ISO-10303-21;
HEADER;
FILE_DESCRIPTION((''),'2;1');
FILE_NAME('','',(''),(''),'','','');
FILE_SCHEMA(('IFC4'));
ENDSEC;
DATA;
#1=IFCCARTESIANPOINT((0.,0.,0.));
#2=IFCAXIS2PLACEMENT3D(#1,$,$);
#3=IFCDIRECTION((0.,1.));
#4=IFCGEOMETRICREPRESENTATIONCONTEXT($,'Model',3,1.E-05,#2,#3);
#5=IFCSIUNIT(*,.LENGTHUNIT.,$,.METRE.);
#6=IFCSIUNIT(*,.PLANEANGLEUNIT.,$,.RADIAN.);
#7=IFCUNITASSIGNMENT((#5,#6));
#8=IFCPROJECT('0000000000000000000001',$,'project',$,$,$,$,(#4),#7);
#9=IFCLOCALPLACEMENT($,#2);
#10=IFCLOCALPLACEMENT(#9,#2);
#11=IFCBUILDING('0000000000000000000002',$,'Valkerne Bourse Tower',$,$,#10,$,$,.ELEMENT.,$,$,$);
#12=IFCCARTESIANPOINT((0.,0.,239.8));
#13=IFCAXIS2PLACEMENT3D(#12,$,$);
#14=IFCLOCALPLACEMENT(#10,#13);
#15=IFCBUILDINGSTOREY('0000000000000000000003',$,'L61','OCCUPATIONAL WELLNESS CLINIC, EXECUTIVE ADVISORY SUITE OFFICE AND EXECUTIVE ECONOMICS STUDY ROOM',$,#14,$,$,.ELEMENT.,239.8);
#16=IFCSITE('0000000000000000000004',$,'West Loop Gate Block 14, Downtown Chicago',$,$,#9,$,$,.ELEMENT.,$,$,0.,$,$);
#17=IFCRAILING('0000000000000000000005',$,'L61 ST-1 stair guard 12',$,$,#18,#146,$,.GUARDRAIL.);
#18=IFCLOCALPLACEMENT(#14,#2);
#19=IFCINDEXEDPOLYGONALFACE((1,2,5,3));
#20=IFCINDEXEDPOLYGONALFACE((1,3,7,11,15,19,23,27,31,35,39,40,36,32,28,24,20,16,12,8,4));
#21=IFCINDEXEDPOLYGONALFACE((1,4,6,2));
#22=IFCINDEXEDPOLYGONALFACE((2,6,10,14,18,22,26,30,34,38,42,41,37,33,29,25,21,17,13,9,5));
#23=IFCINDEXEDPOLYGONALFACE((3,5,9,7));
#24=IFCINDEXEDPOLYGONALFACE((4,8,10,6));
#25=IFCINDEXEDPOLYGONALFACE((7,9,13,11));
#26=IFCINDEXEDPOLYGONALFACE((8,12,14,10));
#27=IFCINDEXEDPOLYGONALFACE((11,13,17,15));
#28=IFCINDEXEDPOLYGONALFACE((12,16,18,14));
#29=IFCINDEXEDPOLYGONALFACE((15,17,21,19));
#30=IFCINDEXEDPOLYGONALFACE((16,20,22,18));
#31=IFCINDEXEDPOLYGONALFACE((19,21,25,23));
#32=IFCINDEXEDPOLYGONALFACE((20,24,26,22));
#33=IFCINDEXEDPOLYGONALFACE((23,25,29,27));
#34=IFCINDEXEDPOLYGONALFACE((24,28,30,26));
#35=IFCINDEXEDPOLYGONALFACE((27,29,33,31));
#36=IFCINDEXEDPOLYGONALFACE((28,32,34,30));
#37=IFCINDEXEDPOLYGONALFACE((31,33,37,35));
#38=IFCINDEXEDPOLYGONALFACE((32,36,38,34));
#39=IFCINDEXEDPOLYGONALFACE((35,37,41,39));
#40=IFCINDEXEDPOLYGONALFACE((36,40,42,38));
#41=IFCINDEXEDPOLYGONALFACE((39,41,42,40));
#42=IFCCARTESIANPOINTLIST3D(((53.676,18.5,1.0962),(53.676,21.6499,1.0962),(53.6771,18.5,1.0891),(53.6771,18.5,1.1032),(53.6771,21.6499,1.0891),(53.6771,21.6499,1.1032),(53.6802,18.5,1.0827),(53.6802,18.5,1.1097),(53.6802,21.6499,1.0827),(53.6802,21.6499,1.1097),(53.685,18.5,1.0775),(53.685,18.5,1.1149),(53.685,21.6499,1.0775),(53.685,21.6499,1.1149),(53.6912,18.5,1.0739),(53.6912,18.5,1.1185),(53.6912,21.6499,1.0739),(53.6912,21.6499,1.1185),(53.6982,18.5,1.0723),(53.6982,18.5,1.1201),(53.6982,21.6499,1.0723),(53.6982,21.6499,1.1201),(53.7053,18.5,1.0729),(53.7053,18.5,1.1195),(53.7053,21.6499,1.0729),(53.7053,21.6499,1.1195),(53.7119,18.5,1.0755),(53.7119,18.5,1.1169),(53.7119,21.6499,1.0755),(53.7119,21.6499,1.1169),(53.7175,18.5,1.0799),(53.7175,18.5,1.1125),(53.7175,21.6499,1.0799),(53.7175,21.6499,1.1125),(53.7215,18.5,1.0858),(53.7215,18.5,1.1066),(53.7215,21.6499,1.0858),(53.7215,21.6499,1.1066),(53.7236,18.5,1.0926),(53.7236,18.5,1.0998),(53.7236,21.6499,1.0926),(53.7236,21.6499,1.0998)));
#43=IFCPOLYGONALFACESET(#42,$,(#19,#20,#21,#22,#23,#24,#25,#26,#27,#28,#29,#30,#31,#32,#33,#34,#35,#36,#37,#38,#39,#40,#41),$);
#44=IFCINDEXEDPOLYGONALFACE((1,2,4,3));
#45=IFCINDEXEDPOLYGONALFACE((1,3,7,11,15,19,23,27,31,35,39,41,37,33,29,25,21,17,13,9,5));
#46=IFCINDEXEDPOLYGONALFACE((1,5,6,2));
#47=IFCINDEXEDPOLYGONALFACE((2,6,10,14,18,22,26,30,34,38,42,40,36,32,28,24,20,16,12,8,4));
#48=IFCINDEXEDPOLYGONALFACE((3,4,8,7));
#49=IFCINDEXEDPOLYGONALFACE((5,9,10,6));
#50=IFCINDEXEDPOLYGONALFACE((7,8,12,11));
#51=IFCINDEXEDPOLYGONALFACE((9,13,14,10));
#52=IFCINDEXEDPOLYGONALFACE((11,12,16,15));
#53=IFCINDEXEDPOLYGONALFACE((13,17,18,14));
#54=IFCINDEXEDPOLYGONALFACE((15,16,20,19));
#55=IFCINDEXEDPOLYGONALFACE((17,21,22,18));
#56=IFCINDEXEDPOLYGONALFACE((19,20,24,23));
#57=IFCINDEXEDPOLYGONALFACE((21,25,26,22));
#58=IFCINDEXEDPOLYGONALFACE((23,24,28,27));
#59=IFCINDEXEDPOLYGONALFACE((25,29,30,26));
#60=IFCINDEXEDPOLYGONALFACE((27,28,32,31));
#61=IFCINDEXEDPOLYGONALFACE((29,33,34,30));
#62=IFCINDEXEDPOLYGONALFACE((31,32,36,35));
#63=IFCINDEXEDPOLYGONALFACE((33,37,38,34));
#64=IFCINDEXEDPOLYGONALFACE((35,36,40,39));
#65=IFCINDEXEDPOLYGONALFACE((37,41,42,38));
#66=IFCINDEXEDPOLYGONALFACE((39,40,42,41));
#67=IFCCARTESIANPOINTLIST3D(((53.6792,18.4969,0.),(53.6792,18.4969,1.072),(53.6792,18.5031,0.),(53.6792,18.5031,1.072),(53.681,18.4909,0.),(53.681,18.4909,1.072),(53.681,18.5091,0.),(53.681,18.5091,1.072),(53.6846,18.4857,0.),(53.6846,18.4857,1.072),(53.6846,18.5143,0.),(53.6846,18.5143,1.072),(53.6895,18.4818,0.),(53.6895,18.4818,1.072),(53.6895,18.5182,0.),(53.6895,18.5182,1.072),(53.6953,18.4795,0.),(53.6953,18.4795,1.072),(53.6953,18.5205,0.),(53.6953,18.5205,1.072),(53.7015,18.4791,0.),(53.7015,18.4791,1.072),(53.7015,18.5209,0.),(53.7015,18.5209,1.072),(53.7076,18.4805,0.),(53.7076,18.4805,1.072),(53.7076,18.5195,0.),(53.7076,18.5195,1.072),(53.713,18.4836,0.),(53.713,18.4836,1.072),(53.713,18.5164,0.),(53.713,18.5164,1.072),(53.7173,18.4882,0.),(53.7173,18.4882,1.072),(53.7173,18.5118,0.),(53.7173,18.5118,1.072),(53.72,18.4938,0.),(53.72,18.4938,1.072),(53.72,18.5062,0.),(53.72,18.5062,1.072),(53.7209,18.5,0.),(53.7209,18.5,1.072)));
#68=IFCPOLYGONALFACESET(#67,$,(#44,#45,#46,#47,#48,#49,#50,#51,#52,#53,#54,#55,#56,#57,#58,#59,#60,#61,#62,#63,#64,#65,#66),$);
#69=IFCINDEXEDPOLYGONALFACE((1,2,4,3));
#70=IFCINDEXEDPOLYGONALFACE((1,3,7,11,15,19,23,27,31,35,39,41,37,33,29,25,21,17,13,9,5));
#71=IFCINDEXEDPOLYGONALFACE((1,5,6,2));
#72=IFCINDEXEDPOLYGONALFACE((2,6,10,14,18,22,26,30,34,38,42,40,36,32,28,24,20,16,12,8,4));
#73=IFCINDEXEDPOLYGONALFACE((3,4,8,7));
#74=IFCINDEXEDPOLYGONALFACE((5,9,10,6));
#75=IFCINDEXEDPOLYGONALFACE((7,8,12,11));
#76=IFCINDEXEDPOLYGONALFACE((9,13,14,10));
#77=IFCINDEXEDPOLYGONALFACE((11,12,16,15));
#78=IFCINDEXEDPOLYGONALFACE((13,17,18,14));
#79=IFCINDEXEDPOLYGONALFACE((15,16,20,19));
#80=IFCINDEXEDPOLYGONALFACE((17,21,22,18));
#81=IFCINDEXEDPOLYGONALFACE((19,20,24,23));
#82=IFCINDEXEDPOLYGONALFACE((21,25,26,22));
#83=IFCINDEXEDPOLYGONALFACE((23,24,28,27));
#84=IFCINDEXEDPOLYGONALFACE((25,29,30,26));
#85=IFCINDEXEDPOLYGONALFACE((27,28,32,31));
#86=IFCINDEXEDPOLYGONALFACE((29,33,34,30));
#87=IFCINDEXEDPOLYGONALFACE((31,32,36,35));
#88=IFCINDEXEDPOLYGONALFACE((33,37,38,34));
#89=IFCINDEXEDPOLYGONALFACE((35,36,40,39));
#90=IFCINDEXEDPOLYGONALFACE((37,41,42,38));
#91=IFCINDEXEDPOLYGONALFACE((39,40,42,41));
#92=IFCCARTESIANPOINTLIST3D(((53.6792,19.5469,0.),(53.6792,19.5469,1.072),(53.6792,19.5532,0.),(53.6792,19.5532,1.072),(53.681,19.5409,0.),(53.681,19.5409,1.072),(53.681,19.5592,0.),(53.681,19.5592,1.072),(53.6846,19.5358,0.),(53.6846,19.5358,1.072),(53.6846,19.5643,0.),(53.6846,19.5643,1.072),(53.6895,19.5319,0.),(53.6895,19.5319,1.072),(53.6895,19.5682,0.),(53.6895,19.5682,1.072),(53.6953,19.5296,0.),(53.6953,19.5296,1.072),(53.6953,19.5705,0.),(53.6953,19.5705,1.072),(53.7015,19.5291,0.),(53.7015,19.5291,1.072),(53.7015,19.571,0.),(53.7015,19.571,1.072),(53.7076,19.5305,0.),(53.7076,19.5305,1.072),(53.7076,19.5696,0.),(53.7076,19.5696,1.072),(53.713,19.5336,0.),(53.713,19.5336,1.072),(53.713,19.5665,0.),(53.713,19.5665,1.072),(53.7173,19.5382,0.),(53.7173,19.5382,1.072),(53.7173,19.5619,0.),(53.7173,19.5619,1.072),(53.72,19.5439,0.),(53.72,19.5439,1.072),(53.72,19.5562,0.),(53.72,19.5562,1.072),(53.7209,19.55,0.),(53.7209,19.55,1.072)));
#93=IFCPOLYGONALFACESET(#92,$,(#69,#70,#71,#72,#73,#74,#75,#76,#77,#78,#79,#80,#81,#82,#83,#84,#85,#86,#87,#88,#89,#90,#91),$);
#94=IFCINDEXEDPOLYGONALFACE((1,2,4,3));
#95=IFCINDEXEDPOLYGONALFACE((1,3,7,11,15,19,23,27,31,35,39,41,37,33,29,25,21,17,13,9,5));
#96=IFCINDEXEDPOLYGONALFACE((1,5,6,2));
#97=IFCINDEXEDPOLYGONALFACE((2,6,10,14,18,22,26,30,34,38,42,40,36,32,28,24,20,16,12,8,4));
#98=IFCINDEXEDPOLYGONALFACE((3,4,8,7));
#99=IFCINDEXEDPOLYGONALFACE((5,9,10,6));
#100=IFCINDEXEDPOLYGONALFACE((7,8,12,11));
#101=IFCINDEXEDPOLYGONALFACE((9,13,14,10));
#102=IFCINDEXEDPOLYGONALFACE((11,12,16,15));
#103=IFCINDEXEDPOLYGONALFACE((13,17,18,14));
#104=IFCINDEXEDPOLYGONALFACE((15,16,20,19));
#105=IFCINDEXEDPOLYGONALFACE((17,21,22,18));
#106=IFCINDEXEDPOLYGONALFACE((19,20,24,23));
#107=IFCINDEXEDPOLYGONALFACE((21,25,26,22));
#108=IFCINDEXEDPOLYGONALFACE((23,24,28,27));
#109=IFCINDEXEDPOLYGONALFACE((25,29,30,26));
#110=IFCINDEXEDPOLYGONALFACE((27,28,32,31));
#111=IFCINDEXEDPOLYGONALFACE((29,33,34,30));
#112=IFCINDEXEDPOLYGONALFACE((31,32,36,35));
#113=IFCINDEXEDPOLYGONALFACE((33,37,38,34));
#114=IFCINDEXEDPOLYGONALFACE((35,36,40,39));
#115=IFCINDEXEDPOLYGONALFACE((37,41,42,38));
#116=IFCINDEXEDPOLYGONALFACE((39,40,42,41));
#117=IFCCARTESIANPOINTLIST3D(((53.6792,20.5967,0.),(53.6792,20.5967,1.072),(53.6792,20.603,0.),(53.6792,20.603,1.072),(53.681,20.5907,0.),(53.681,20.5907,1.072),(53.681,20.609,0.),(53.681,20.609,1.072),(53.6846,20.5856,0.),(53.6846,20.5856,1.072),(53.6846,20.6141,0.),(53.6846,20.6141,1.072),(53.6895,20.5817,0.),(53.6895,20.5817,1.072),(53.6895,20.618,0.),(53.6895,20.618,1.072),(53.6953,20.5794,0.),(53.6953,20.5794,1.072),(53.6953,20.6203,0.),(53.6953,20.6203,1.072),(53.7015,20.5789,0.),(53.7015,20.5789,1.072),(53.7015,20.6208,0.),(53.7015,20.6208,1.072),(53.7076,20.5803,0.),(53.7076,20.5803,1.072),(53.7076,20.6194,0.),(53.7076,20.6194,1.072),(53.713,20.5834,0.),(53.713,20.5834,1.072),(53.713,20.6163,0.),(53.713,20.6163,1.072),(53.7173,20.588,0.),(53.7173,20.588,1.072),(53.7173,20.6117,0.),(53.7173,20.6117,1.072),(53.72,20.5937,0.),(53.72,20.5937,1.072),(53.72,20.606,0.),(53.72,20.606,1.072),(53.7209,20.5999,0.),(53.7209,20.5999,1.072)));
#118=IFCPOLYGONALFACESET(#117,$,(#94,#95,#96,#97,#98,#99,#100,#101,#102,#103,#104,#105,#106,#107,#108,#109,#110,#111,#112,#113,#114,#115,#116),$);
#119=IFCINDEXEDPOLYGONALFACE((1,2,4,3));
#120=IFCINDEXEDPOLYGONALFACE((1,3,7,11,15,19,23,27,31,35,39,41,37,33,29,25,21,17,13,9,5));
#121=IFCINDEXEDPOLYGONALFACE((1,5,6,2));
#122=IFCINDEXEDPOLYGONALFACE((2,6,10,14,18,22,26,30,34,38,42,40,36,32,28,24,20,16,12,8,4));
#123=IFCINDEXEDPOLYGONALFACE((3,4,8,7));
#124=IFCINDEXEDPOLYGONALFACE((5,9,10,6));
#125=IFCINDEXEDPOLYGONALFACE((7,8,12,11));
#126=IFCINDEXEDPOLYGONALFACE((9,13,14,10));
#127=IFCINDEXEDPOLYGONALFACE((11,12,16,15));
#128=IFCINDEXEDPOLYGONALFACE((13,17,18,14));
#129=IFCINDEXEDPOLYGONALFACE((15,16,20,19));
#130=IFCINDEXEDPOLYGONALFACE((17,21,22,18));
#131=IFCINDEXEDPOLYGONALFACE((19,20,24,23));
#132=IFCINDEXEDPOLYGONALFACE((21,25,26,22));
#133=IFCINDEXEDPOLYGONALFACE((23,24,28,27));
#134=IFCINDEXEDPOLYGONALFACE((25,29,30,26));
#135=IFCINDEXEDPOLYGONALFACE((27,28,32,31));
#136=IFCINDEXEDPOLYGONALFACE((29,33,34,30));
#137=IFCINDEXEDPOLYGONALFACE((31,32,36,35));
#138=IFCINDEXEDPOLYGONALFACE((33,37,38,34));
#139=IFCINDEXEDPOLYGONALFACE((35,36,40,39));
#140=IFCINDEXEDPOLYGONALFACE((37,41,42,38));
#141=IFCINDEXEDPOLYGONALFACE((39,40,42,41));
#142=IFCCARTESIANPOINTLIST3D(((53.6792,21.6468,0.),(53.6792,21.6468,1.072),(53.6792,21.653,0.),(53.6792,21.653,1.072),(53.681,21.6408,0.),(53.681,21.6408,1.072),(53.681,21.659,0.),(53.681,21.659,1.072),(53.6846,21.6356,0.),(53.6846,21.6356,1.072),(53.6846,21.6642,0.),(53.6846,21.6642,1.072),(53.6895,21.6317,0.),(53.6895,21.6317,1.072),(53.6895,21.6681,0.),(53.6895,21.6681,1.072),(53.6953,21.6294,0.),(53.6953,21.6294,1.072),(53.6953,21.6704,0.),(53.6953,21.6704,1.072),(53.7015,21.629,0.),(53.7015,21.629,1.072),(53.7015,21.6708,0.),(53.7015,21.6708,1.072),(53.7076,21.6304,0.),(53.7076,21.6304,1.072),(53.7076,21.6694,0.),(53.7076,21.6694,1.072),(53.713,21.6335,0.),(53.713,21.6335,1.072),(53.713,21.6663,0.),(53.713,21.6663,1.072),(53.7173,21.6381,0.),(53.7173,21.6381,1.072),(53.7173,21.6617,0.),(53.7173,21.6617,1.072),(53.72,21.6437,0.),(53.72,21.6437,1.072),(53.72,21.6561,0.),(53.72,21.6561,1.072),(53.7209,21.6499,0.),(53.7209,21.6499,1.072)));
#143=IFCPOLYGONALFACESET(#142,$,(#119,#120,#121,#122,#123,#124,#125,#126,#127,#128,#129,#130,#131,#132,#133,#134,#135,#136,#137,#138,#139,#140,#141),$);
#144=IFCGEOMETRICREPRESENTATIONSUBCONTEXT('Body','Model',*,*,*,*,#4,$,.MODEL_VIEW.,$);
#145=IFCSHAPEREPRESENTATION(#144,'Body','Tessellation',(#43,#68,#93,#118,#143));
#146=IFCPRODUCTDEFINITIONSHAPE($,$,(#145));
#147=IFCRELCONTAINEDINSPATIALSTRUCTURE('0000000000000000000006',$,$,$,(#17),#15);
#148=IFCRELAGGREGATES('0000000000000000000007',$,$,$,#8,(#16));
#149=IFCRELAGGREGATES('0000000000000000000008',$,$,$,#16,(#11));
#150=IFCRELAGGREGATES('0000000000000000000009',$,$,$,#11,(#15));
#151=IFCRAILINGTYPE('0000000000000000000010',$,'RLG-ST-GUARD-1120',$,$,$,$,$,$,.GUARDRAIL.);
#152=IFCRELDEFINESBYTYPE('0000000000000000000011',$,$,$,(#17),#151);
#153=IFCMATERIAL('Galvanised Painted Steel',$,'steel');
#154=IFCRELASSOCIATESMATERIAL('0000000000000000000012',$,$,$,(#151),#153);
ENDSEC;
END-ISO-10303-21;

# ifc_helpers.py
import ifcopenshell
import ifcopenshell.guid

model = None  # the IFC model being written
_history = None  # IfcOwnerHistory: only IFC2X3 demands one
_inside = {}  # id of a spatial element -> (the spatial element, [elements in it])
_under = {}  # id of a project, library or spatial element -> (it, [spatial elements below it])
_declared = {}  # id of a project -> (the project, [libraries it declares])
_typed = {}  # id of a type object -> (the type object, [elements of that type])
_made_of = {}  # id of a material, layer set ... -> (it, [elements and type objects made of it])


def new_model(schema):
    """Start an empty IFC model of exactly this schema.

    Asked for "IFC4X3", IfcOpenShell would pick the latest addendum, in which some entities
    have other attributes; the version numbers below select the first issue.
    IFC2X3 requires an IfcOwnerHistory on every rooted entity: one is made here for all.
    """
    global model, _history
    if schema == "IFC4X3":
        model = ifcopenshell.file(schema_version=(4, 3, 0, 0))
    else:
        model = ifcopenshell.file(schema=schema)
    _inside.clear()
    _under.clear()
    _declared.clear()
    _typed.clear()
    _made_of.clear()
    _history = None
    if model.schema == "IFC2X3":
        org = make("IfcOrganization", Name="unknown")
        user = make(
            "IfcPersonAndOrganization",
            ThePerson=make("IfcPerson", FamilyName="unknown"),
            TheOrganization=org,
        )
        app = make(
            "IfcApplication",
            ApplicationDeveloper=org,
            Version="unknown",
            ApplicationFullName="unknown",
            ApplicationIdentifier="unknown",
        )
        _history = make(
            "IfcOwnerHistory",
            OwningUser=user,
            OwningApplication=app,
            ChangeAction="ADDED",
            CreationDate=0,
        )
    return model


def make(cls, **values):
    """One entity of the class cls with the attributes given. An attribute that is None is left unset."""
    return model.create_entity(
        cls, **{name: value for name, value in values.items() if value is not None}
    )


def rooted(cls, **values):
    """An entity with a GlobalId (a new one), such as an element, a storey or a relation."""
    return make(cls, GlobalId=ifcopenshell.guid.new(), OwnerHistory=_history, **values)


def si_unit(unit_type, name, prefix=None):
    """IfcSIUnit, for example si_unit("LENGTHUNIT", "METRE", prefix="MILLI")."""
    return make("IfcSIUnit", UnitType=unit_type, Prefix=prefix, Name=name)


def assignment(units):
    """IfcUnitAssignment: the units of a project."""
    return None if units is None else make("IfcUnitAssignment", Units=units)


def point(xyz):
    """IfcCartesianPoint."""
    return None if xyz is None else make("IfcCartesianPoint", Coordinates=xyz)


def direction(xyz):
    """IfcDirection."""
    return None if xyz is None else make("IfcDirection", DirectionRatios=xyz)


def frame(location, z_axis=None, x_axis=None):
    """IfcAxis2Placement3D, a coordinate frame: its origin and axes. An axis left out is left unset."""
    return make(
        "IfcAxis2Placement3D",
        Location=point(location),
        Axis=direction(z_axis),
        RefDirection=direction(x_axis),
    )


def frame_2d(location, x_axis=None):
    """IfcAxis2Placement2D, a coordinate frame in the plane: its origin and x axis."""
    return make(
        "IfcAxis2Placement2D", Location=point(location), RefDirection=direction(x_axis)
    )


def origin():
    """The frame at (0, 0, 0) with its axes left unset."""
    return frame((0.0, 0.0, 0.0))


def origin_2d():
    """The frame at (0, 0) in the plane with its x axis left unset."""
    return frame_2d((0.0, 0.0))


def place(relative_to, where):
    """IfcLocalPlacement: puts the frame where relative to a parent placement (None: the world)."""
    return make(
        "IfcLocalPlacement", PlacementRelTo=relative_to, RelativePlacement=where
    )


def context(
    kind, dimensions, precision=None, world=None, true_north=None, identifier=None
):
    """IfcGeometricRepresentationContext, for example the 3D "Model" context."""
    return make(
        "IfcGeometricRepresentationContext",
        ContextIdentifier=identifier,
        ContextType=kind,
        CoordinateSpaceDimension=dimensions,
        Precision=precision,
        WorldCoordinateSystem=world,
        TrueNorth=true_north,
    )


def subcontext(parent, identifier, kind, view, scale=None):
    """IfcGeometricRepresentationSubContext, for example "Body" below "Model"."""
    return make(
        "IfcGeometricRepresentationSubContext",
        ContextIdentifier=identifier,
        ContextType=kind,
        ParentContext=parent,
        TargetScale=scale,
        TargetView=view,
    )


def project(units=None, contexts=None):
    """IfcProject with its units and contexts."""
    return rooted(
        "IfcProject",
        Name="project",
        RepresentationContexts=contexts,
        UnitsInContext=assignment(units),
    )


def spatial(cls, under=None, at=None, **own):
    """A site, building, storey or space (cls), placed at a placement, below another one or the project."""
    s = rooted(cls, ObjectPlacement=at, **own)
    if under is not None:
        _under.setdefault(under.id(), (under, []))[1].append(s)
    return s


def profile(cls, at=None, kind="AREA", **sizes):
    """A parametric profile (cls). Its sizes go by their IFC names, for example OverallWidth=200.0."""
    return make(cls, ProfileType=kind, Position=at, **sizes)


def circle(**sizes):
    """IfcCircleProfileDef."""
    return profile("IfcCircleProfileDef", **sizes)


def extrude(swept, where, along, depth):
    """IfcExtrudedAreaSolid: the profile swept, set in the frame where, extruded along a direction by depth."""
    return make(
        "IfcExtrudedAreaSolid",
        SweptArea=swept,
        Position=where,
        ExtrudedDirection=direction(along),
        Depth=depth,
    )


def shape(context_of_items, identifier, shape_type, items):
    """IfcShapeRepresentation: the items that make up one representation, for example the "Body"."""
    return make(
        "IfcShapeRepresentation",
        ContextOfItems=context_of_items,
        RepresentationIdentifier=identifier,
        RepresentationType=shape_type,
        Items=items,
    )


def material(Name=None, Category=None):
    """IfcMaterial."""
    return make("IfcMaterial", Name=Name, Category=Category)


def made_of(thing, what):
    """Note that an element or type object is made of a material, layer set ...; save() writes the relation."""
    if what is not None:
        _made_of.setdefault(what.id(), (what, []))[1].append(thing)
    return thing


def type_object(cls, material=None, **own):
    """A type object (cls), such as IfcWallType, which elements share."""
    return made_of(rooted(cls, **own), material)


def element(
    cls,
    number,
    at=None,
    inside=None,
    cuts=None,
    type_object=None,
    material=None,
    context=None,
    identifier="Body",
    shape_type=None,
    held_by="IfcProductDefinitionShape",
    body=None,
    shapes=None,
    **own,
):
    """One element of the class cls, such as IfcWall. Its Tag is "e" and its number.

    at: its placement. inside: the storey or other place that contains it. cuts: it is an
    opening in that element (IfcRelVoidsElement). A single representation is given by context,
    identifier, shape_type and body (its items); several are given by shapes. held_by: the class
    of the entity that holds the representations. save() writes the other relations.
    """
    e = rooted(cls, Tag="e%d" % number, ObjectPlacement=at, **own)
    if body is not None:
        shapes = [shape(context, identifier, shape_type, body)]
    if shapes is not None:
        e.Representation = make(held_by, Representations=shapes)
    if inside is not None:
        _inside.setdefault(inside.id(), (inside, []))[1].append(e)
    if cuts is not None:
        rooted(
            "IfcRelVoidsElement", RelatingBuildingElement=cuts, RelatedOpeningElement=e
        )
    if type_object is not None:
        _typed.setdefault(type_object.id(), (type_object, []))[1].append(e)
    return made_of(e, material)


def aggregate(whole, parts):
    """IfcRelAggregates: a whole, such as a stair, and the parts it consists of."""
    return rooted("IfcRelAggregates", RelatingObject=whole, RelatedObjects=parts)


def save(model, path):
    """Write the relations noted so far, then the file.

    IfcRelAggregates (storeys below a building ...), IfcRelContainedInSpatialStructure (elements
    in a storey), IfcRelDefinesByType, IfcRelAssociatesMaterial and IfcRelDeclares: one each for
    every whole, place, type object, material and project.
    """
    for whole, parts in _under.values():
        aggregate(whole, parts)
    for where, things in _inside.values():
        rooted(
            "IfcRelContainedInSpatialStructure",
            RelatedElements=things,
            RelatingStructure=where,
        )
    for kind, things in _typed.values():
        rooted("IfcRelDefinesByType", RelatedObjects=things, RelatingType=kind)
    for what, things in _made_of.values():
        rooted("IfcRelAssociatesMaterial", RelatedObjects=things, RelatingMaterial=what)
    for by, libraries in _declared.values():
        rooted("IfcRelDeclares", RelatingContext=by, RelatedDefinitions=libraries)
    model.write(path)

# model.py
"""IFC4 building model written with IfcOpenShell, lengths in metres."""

from ifc_helpers import new_model, si_unit, direction, frame, origin, origin_2d, place, context, subcontext, project, spatial, circle, extrude, material, type_object, element, save


model = new_model("IFC4")

# Units and contexts
model_context = context("Model", 3, precision=1e-05, world=origin(), true_north=direction((0.0, 1.0)))
body_context = subcontext(model_context, "Body", "Model", "MODEL_VIEW")
ifc_project = project(units=[si_unit("LENGTHUNIT", "METRE"), si_unit("PLANEANGLEUNIT", "RADIAN")], contexts=[model_context])

# Site, building, storey
site_placement = place(None, origin())
site = spatial("IfcSite", under=ifc_project, at=site_placement, Name="West Loop Gate Block 14, Downtown Chicago", CompositionType="ELEMENT", RefElevation=0.0)
building_placement = place(site_placement, origin())
building = spatial("IfcBuilding", under=site, at=building_placement, Name="Valkerne Bourse Tower", CompositionType="ELEMENT")
storey_placement = place(building_placement, frame((0.0, 0.0, 239.8)))
storey = spatial("IfcBuildingStorey", under=building, at=storey_placement, Name="L61", Description="OCCUPATIONAL WELLNESS CLINIC, EXECUTIVE ADVISORY SUITE OFFICE AND EXECUTIVE ECONOMICS STUDY ROOM", CompositionType="ELEMENT", Elevation=239.8)

# Railing
ifc_material_1 = material(Name="Galvanised Painted Steel", Category="steel")
railing_type = type_object("IfcRailingType", Name="RLG-ST-GUARD-1120", PredefinedType="GUARDRAIL", material=ifc_material_1)
railing_1_placement = place(storey_placement, frame((53.7, 18.5, 0.0)))
element("IfcRailing", 1, at=railing_1_placement, inside=storey, type_object=railing_type, Name="L61 ST-1 stair guard 12", PredefinedType="GUARDRAIL", context=body_context, shape_type="SweptSolid", body=[
    extrude(circle(Radius=0.0239, at=origin_2d()), frame((0.0, 0.0, 1.0962), z_axis=(0.0, 1.0, 0.0), x_axis=(-1.0, 0.0, 0.0)), (0.0, 0.0, 1.0), 3.1499),
    extrude(circle(Radius=0.021, at=origin_2d()), origin(), (0.0, 0.0, 1.0), 1.072),
    extrude(circle(Radius=0.021, at=origin_2d()), frame((0.0, 1.05, 0.0)), (0.0, 0.0, 1.0), 1.072),
    extrude(circle(Radius=0.021, at=origin_2d()), frame((0.0, 2.0999, 0.0)), (0.0, 0.0, 1.0), 1.072),
    extrude(circle(Radius=0.021, at=origin_2d()), frame((0.0, 3.1499, 0.0)), (0.0, 0.0, 1.0), 1.072),
])

save(model, "model.ifc")
